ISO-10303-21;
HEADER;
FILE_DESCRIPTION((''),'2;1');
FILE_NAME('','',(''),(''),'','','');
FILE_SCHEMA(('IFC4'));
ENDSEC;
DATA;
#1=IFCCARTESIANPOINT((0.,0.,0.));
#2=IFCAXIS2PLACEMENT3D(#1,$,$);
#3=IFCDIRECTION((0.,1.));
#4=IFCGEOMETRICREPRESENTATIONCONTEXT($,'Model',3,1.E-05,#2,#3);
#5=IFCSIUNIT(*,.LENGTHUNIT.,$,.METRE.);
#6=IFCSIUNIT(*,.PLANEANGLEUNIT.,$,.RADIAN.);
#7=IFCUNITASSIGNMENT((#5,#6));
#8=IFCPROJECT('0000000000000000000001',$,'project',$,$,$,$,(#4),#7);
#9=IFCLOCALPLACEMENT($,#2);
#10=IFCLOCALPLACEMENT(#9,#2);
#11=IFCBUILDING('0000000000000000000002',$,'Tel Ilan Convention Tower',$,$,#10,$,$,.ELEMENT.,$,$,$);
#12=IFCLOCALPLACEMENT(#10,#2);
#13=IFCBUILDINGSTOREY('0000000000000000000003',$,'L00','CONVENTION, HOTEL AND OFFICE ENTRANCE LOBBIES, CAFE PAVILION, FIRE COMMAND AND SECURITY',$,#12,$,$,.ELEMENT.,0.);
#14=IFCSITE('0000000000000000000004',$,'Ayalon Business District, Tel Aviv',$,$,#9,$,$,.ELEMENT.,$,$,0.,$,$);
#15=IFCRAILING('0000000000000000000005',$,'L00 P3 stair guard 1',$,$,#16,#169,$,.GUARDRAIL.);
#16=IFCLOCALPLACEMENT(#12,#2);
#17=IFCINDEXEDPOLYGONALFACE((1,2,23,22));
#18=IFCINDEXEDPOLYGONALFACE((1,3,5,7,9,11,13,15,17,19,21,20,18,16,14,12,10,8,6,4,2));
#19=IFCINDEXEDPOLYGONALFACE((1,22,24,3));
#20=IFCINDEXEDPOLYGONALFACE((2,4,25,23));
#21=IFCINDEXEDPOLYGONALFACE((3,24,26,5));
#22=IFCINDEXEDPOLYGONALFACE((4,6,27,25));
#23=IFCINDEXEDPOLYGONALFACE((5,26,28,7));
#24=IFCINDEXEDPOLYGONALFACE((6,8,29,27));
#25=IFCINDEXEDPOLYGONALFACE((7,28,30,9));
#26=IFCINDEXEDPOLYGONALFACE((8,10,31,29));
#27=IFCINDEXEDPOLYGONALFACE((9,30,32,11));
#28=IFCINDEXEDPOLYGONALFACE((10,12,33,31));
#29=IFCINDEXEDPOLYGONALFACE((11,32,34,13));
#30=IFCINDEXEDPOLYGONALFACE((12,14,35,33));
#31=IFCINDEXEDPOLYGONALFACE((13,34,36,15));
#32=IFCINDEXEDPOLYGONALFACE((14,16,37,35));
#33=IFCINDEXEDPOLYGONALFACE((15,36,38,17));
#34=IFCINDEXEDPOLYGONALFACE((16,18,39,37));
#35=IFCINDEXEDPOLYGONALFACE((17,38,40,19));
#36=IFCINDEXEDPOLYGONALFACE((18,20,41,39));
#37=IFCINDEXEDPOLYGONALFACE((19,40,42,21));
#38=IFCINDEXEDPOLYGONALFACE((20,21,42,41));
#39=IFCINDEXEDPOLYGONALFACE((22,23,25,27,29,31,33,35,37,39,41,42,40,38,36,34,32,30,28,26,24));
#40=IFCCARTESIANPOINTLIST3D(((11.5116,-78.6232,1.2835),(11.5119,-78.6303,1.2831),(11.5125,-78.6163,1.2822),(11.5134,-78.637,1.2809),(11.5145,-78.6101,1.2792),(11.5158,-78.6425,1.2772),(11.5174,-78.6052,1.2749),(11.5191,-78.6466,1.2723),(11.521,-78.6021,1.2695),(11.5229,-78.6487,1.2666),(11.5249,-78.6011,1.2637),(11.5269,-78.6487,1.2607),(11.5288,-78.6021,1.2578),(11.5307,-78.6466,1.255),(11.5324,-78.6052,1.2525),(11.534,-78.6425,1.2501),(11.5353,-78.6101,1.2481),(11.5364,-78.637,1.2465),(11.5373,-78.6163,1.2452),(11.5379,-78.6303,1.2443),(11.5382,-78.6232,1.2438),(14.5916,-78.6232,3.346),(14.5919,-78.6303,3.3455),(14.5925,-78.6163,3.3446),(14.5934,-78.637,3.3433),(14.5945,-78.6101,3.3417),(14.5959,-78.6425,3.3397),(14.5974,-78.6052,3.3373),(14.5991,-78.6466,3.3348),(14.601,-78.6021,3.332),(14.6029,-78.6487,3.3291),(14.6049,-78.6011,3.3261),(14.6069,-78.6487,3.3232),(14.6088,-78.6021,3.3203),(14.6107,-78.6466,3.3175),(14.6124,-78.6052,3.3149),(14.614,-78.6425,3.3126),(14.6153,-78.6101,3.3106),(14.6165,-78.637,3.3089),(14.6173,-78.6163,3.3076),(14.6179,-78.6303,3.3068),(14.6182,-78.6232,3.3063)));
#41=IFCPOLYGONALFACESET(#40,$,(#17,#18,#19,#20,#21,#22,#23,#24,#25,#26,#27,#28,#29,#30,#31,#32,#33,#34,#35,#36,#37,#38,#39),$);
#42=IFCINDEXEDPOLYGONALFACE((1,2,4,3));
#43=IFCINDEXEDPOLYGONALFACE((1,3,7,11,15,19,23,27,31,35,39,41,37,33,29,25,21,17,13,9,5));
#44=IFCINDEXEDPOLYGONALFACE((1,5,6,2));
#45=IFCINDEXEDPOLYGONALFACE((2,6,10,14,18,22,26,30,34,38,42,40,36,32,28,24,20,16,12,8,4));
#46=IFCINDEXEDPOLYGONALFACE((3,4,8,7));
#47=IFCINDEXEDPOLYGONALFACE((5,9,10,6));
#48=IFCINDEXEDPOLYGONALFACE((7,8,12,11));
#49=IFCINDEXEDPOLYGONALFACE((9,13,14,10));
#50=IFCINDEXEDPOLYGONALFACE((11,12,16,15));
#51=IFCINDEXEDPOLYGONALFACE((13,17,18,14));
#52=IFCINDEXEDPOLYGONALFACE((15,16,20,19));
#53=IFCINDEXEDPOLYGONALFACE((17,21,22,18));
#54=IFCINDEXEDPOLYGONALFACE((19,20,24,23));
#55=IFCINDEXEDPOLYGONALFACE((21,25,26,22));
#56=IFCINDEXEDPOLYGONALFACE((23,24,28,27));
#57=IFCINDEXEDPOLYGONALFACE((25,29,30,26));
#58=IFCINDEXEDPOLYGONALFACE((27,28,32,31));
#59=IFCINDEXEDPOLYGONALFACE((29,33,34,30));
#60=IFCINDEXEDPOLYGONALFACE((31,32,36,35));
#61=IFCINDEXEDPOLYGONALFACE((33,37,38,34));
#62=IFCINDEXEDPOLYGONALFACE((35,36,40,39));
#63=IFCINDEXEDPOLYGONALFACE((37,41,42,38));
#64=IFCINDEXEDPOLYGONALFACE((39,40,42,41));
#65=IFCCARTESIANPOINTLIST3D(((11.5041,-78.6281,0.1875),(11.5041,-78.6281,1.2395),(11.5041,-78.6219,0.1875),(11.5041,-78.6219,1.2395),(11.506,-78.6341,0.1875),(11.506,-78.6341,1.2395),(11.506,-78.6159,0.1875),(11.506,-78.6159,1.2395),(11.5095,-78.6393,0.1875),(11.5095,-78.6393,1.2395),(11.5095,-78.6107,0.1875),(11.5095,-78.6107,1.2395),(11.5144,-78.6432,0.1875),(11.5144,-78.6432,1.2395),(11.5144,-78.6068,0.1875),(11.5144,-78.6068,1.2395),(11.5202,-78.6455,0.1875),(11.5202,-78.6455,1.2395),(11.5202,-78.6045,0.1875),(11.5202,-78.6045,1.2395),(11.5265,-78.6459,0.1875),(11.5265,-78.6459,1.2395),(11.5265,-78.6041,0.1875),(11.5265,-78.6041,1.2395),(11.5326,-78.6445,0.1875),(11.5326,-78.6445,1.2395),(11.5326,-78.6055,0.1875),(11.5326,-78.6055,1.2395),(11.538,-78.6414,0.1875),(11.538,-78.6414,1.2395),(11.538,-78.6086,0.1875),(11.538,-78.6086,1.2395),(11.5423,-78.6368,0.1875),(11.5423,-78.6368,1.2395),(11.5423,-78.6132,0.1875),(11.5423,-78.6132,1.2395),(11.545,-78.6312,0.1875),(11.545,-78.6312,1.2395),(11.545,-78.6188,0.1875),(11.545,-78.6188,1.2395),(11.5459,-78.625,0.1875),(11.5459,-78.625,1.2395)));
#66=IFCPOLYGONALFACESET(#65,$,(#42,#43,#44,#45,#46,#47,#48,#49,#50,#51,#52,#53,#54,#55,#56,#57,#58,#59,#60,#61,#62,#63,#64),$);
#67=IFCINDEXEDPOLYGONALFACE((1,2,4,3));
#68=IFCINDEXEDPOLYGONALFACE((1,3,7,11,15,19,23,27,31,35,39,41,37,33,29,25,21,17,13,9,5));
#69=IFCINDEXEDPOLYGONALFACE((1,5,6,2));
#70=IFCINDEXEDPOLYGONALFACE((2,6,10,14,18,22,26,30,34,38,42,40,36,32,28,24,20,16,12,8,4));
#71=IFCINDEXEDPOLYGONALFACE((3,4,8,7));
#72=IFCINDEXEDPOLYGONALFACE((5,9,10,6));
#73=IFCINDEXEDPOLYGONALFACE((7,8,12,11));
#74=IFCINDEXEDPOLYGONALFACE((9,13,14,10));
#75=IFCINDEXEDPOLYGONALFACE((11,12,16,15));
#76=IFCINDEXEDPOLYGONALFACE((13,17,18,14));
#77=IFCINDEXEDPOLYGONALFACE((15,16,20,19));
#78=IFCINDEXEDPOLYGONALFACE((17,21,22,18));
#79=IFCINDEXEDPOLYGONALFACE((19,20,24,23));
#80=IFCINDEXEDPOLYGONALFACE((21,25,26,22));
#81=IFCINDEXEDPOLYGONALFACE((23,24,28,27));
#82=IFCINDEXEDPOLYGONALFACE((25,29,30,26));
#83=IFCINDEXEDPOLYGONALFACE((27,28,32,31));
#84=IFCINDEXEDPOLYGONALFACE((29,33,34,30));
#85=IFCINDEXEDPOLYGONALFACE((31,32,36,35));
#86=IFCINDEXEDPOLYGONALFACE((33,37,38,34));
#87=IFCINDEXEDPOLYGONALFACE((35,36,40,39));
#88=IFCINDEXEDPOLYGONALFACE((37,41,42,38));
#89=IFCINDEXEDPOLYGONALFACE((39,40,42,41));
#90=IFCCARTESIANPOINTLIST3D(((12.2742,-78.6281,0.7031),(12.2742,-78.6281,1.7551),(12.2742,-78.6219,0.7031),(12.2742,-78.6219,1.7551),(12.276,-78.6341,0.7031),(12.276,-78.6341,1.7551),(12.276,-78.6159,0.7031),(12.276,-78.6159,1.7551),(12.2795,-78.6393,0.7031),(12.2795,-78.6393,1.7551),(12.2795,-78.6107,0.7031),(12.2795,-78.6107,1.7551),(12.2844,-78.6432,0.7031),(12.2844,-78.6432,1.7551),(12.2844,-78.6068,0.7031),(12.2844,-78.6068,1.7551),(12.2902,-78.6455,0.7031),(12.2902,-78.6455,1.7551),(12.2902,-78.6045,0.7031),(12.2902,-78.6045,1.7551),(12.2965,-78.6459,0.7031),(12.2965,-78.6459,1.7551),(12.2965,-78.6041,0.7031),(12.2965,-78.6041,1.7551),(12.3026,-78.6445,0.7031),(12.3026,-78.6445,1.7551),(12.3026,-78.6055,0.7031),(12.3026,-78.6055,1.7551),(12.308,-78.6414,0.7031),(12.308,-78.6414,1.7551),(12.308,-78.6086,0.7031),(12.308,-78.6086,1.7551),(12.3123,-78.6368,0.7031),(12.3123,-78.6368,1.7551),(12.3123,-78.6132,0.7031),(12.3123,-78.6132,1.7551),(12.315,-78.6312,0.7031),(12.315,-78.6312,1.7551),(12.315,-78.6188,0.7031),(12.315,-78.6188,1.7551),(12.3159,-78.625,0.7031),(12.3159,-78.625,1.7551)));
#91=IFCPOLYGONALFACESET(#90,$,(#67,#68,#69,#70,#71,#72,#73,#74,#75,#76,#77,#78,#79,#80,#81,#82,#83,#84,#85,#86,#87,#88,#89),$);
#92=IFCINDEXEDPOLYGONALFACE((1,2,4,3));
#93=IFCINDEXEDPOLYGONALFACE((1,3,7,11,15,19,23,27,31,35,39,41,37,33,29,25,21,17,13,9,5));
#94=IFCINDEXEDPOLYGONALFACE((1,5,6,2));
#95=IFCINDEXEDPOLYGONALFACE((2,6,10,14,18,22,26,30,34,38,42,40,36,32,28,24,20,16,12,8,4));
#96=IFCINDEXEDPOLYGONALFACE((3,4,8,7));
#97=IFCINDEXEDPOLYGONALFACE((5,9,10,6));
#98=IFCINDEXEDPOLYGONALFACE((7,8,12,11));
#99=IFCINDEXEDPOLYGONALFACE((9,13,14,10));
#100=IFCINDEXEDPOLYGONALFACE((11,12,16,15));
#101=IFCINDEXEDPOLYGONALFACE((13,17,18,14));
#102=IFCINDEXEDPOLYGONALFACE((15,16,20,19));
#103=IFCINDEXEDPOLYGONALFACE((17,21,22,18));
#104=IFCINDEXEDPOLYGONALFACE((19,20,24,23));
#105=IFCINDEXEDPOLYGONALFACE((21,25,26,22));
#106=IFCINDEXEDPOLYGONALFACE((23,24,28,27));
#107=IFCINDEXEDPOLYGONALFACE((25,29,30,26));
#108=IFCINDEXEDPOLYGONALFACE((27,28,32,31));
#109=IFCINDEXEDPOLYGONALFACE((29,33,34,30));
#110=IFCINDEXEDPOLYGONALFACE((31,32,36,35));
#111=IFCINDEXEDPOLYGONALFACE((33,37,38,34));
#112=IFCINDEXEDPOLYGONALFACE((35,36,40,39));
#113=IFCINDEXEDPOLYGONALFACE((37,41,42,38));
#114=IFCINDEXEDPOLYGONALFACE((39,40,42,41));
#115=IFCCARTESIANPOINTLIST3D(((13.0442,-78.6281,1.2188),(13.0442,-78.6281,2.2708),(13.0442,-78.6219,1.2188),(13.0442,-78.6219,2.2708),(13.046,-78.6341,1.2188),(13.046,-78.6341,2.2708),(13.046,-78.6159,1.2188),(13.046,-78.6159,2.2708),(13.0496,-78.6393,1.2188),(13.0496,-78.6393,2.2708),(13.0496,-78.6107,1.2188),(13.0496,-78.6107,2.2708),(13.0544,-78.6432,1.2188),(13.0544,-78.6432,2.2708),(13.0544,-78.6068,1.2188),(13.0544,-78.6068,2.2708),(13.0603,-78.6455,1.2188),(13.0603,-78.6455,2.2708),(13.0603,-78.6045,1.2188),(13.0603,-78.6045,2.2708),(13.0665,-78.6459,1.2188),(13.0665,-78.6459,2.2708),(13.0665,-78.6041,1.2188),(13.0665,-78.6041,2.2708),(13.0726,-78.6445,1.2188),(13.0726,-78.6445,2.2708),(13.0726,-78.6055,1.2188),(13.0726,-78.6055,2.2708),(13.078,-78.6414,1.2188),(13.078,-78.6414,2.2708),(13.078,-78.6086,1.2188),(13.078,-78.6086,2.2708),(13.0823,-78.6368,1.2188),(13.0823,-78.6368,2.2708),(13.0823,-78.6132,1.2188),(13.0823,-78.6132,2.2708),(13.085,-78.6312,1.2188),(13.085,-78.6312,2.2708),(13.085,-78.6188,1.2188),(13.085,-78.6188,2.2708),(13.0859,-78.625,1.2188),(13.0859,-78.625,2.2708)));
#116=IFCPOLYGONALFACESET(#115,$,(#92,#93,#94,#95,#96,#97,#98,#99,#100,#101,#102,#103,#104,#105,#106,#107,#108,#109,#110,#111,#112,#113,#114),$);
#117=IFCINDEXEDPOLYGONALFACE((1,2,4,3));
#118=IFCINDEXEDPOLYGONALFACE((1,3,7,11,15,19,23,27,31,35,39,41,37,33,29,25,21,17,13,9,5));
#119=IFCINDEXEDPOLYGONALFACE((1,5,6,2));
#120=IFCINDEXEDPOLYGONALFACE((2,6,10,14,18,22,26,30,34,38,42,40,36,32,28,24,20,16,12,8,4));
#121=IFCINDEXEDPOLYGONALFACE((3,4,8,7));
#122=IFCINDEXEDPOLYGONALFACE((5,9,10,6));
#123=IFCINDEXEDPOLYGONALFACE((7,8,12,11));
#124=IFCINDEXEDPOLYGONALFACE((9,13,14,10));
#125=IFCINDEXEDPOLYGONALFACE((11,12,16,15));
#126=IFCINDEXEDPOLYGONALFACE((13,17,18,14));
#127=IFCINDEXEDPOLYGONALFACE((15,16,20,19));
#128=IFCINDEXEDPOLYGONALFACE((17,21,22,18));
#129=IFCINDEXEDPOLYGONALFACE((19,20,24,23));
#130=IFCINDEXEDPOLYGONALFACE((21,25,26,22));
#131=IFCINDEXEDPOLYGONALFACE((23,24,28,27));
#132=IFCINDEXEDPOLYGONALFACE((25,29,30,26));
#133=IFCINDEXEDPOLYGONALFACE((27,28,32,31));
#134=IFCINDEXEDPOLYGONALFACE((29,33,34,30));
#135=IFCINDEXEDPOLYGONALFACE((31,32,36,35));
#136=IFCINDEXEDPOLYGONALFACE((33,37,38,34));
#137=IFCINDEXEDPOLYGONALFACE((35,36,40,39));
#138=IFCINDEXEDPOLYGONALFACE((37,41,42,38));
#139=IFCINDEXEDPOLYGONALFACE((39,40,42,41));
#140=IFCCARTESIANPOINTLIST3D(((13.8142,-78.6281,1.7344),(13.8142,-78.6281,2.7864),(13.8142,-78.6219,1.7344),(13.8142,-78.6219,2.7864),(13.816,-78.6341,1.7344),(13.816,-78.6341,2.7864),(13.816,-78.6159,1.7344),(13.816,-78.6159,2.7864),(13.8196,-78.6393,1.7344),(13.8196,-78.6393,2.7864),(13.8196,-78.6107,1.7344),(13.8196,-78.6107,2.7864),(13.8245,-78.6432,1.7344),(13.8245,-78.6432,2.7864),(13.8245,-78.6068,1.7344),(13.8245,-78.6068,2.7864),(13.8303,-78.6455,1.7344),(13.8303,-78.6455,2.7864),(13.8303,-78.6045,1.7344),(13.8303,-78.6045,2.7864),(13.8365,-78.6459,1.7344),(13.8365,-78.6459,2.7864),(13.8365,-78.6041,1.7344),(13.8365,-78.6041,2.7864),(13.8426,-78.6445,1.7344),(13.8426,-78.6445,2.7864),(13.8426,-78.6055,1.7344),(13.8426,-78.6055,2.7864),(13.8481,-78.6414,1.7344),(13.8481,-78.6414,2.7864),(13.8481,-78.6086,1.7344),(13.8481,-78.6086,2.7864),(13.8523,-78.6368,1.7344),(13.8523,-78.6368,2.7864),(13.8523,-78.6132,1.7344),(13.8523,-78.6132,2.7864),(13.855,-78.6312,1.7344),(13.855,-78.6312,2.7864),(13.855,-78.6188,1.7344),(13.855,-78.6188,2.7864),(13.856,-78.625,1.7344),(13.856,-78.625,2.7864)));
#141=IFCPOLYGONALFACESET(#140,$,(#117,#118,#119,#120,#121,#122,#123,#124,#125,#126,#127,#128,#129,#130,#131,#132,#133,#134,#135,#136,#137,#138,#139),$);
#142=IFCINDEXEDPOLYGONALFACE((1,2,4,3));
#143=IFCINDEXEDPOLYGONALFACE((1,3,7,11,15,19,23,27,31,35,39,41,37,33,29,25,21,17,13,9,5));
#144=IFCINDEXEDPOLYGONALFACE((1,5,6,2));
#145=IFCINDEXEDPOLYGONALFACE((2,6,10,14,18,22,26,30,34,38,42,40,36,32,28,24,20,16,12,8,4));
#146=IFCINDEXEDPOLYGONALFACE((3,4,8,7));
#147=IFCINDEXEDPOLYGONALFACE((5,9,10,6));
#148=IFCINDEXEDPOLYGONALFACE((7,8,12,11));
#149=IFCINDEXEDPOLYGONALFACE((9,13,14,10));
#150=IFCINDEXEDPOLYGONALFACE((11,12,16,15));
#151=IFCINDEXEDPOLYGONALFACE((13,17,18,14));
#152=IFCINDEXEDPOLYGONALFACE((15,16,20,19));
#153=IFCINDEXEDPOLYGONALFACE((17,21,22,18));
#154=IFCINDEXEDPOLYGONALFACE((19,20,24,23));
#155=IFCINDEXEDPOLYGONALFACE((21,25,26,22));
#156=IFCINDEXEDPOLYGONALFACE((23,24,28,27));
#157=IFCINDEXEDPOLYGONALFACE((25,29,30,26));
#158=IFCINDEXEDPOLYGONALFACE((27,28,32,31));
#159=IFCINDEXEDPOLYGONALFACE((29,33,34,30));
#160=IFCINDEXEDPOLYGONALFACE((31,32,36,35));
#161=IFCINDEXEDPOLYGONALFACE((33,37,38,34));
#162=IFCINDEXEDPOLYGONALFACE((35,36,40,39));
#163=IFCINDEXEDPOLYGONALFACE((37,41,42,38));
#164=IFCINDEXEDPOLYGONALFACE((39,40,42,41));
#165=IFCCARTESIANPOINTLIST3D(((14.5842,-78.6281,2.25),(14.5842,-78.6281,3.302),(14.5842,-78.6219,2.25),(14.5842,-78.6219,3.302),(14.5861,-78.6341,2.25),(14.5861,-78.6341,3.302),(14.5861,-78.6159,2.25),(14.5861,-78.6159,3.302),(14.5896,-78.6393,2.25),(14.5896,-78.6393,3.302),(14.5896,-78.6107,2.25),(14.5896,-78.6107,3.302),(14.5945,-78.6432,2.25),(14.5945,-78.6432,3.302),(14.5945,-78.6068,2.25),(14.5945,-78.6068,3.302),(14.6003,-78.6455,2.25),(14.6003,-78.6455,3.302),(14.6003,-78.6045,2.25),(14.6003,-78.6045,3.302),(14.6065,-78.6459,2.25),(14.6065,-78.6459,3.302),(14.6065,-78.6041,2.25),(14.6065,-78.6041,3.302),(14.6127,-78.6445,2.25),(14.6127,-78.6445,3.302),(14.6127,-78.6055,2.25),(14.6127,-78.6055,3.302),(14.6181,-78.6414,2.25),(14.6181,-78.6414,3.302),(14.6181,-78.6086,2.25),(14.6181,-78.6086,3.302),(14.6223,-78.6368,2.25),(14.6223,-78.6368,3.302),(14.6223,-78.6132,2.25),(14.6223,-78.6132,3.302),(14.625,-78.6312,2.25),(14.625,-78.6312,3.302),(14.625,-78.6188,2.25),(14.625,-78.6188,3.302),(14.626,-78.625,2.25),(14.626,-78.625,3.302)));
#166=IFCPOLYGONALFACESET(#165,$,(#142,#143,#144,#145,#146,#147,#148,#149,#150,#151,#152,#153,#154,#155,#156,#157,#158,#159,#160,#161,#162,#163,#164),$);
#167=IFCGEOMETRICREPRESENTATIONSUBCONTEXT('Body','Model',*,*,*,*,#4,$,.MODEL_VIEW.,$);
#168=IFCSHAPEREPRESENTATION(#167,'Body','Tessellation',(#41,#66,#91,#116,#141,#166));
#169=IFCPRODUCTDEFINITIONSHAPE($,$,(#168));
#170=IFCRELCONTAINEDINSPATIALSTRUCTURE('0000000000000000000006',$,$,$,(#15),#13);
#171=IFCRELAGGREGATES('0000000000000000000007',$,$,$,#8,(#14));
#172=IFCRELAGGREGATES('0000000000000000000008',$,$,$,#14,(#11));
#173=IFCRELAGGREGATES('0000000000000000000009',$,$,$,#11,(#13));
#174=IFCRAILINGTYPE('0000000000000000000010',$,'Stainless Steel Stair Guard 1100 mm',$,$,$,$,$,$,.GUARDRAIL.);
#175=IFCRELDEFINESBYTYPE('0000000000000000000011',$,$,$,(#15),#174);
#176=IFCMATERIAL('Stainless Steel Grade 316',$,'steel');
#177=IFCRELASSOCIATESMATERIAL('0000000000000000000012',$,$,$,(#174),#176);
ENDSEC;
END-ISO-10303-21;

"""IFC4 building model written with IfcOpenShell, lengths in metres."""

from ifc_helpers import new_model, si_unit, direction, frame, origin, origin_2d, place, context, subcontext, project, spatial, circle, extrude, material, type_object, element, save


model = new_model("IFC4")

# Units and contexts
model_context = context("Model", 3, precision=1e-05, world=origin(), true_north=direction((0.0, 1.0)))
body_context = subcontext(model_context, "Body", "Model", "MODEL_VIEW")
ifc_project = project(units=[si_unit("LENGTHUNIT", "METRE"), si_unit("PLANEANGLEUNIT", "RADIAN")], contexts=[model_context])

# Site, building, storey
site_placement = place(None, origin())
site = spatial("IfcSite", under=ifc_project, at=site_placement, Name="Ayalon Business District, Tel Aviv", CompositionType="ELEMENT", RefElevation=0.0)
building_placement = place(site_placement, origin())
building = spatial("IfcBuilding", under=site, at=building_placement, Name="Tel Ilan Convention Tower", CompositionType="ELEMENT")
storey_placement = place(building_placement, origin())
storey = spatial("IfcBuildingStorey", under=building, at=storey_placement, Name="L00", Description="CONVENTION, HOTEL AND OFFICE ENTRANCE LOBBIES, CAFE PAVILION, FIRE COMMAND AND SECURITY", CompositionType="ELEMENT", Elevation=0.0)

# Railing
ifc_material_1 = material(Name="Stainless Steel Grade 316", Category="steel")
railing_type_1 = type_object("IfcRailingType", Name="Stainless Steel Stair Guard 1100 mm", PredefinedType="GUARDRAIL", material=ifc_material_1)
railing_1_placement = place(storey_placement, frame((11.5249, -78.625, 0.1875)))
element("IfcRailing", 1, at=railing_1_placement, inside=storey, type_object=railing_type_1, Name="L00 P3 stair guard 1", PredefinedType="GUARDRAIL", context=body_context, shape_type="SweptSolid", body=[
    extrude(circle(Radius=0.0239, at=origin_2d()), frame((0.0, 0.0, 1.0762), z_axis=(0.830914, 0.0, 0.556401), x_axis=(0.0, 1.0, 0.0)), (0.0, 0.0, 1.0), 3.7068),
    extrude(circle(Radius=0.021, at=origin_2d()), origin(), (0.0, 0.0, 1.0), 1.052),
    extrude(circle(Radius=0.021, at=origin_2d()), frame((0.77, 0.0, 0.5156)), (0.0, 0.0, 1.0), 1.052),
    extrude(circle(Radius=0.021, at=origin_2d()), frame((1.54, 0.0, 1.0312)), (0.0, 0.0, 1.0), 1.052),
    extrude(circle(Radius=0.021, at=origin_2d()), frame((2.3101, 0.0, 1.5469)), (0.0, 0.0, 1.0), 1.052),
    extrude(circle(Radius=0.021, at=origin_2d()), frame((3.0801, 0.0, 2.0625)), (0.0, 0.0, 1.0), 1.052),
])

save(model, "model.ifc")
